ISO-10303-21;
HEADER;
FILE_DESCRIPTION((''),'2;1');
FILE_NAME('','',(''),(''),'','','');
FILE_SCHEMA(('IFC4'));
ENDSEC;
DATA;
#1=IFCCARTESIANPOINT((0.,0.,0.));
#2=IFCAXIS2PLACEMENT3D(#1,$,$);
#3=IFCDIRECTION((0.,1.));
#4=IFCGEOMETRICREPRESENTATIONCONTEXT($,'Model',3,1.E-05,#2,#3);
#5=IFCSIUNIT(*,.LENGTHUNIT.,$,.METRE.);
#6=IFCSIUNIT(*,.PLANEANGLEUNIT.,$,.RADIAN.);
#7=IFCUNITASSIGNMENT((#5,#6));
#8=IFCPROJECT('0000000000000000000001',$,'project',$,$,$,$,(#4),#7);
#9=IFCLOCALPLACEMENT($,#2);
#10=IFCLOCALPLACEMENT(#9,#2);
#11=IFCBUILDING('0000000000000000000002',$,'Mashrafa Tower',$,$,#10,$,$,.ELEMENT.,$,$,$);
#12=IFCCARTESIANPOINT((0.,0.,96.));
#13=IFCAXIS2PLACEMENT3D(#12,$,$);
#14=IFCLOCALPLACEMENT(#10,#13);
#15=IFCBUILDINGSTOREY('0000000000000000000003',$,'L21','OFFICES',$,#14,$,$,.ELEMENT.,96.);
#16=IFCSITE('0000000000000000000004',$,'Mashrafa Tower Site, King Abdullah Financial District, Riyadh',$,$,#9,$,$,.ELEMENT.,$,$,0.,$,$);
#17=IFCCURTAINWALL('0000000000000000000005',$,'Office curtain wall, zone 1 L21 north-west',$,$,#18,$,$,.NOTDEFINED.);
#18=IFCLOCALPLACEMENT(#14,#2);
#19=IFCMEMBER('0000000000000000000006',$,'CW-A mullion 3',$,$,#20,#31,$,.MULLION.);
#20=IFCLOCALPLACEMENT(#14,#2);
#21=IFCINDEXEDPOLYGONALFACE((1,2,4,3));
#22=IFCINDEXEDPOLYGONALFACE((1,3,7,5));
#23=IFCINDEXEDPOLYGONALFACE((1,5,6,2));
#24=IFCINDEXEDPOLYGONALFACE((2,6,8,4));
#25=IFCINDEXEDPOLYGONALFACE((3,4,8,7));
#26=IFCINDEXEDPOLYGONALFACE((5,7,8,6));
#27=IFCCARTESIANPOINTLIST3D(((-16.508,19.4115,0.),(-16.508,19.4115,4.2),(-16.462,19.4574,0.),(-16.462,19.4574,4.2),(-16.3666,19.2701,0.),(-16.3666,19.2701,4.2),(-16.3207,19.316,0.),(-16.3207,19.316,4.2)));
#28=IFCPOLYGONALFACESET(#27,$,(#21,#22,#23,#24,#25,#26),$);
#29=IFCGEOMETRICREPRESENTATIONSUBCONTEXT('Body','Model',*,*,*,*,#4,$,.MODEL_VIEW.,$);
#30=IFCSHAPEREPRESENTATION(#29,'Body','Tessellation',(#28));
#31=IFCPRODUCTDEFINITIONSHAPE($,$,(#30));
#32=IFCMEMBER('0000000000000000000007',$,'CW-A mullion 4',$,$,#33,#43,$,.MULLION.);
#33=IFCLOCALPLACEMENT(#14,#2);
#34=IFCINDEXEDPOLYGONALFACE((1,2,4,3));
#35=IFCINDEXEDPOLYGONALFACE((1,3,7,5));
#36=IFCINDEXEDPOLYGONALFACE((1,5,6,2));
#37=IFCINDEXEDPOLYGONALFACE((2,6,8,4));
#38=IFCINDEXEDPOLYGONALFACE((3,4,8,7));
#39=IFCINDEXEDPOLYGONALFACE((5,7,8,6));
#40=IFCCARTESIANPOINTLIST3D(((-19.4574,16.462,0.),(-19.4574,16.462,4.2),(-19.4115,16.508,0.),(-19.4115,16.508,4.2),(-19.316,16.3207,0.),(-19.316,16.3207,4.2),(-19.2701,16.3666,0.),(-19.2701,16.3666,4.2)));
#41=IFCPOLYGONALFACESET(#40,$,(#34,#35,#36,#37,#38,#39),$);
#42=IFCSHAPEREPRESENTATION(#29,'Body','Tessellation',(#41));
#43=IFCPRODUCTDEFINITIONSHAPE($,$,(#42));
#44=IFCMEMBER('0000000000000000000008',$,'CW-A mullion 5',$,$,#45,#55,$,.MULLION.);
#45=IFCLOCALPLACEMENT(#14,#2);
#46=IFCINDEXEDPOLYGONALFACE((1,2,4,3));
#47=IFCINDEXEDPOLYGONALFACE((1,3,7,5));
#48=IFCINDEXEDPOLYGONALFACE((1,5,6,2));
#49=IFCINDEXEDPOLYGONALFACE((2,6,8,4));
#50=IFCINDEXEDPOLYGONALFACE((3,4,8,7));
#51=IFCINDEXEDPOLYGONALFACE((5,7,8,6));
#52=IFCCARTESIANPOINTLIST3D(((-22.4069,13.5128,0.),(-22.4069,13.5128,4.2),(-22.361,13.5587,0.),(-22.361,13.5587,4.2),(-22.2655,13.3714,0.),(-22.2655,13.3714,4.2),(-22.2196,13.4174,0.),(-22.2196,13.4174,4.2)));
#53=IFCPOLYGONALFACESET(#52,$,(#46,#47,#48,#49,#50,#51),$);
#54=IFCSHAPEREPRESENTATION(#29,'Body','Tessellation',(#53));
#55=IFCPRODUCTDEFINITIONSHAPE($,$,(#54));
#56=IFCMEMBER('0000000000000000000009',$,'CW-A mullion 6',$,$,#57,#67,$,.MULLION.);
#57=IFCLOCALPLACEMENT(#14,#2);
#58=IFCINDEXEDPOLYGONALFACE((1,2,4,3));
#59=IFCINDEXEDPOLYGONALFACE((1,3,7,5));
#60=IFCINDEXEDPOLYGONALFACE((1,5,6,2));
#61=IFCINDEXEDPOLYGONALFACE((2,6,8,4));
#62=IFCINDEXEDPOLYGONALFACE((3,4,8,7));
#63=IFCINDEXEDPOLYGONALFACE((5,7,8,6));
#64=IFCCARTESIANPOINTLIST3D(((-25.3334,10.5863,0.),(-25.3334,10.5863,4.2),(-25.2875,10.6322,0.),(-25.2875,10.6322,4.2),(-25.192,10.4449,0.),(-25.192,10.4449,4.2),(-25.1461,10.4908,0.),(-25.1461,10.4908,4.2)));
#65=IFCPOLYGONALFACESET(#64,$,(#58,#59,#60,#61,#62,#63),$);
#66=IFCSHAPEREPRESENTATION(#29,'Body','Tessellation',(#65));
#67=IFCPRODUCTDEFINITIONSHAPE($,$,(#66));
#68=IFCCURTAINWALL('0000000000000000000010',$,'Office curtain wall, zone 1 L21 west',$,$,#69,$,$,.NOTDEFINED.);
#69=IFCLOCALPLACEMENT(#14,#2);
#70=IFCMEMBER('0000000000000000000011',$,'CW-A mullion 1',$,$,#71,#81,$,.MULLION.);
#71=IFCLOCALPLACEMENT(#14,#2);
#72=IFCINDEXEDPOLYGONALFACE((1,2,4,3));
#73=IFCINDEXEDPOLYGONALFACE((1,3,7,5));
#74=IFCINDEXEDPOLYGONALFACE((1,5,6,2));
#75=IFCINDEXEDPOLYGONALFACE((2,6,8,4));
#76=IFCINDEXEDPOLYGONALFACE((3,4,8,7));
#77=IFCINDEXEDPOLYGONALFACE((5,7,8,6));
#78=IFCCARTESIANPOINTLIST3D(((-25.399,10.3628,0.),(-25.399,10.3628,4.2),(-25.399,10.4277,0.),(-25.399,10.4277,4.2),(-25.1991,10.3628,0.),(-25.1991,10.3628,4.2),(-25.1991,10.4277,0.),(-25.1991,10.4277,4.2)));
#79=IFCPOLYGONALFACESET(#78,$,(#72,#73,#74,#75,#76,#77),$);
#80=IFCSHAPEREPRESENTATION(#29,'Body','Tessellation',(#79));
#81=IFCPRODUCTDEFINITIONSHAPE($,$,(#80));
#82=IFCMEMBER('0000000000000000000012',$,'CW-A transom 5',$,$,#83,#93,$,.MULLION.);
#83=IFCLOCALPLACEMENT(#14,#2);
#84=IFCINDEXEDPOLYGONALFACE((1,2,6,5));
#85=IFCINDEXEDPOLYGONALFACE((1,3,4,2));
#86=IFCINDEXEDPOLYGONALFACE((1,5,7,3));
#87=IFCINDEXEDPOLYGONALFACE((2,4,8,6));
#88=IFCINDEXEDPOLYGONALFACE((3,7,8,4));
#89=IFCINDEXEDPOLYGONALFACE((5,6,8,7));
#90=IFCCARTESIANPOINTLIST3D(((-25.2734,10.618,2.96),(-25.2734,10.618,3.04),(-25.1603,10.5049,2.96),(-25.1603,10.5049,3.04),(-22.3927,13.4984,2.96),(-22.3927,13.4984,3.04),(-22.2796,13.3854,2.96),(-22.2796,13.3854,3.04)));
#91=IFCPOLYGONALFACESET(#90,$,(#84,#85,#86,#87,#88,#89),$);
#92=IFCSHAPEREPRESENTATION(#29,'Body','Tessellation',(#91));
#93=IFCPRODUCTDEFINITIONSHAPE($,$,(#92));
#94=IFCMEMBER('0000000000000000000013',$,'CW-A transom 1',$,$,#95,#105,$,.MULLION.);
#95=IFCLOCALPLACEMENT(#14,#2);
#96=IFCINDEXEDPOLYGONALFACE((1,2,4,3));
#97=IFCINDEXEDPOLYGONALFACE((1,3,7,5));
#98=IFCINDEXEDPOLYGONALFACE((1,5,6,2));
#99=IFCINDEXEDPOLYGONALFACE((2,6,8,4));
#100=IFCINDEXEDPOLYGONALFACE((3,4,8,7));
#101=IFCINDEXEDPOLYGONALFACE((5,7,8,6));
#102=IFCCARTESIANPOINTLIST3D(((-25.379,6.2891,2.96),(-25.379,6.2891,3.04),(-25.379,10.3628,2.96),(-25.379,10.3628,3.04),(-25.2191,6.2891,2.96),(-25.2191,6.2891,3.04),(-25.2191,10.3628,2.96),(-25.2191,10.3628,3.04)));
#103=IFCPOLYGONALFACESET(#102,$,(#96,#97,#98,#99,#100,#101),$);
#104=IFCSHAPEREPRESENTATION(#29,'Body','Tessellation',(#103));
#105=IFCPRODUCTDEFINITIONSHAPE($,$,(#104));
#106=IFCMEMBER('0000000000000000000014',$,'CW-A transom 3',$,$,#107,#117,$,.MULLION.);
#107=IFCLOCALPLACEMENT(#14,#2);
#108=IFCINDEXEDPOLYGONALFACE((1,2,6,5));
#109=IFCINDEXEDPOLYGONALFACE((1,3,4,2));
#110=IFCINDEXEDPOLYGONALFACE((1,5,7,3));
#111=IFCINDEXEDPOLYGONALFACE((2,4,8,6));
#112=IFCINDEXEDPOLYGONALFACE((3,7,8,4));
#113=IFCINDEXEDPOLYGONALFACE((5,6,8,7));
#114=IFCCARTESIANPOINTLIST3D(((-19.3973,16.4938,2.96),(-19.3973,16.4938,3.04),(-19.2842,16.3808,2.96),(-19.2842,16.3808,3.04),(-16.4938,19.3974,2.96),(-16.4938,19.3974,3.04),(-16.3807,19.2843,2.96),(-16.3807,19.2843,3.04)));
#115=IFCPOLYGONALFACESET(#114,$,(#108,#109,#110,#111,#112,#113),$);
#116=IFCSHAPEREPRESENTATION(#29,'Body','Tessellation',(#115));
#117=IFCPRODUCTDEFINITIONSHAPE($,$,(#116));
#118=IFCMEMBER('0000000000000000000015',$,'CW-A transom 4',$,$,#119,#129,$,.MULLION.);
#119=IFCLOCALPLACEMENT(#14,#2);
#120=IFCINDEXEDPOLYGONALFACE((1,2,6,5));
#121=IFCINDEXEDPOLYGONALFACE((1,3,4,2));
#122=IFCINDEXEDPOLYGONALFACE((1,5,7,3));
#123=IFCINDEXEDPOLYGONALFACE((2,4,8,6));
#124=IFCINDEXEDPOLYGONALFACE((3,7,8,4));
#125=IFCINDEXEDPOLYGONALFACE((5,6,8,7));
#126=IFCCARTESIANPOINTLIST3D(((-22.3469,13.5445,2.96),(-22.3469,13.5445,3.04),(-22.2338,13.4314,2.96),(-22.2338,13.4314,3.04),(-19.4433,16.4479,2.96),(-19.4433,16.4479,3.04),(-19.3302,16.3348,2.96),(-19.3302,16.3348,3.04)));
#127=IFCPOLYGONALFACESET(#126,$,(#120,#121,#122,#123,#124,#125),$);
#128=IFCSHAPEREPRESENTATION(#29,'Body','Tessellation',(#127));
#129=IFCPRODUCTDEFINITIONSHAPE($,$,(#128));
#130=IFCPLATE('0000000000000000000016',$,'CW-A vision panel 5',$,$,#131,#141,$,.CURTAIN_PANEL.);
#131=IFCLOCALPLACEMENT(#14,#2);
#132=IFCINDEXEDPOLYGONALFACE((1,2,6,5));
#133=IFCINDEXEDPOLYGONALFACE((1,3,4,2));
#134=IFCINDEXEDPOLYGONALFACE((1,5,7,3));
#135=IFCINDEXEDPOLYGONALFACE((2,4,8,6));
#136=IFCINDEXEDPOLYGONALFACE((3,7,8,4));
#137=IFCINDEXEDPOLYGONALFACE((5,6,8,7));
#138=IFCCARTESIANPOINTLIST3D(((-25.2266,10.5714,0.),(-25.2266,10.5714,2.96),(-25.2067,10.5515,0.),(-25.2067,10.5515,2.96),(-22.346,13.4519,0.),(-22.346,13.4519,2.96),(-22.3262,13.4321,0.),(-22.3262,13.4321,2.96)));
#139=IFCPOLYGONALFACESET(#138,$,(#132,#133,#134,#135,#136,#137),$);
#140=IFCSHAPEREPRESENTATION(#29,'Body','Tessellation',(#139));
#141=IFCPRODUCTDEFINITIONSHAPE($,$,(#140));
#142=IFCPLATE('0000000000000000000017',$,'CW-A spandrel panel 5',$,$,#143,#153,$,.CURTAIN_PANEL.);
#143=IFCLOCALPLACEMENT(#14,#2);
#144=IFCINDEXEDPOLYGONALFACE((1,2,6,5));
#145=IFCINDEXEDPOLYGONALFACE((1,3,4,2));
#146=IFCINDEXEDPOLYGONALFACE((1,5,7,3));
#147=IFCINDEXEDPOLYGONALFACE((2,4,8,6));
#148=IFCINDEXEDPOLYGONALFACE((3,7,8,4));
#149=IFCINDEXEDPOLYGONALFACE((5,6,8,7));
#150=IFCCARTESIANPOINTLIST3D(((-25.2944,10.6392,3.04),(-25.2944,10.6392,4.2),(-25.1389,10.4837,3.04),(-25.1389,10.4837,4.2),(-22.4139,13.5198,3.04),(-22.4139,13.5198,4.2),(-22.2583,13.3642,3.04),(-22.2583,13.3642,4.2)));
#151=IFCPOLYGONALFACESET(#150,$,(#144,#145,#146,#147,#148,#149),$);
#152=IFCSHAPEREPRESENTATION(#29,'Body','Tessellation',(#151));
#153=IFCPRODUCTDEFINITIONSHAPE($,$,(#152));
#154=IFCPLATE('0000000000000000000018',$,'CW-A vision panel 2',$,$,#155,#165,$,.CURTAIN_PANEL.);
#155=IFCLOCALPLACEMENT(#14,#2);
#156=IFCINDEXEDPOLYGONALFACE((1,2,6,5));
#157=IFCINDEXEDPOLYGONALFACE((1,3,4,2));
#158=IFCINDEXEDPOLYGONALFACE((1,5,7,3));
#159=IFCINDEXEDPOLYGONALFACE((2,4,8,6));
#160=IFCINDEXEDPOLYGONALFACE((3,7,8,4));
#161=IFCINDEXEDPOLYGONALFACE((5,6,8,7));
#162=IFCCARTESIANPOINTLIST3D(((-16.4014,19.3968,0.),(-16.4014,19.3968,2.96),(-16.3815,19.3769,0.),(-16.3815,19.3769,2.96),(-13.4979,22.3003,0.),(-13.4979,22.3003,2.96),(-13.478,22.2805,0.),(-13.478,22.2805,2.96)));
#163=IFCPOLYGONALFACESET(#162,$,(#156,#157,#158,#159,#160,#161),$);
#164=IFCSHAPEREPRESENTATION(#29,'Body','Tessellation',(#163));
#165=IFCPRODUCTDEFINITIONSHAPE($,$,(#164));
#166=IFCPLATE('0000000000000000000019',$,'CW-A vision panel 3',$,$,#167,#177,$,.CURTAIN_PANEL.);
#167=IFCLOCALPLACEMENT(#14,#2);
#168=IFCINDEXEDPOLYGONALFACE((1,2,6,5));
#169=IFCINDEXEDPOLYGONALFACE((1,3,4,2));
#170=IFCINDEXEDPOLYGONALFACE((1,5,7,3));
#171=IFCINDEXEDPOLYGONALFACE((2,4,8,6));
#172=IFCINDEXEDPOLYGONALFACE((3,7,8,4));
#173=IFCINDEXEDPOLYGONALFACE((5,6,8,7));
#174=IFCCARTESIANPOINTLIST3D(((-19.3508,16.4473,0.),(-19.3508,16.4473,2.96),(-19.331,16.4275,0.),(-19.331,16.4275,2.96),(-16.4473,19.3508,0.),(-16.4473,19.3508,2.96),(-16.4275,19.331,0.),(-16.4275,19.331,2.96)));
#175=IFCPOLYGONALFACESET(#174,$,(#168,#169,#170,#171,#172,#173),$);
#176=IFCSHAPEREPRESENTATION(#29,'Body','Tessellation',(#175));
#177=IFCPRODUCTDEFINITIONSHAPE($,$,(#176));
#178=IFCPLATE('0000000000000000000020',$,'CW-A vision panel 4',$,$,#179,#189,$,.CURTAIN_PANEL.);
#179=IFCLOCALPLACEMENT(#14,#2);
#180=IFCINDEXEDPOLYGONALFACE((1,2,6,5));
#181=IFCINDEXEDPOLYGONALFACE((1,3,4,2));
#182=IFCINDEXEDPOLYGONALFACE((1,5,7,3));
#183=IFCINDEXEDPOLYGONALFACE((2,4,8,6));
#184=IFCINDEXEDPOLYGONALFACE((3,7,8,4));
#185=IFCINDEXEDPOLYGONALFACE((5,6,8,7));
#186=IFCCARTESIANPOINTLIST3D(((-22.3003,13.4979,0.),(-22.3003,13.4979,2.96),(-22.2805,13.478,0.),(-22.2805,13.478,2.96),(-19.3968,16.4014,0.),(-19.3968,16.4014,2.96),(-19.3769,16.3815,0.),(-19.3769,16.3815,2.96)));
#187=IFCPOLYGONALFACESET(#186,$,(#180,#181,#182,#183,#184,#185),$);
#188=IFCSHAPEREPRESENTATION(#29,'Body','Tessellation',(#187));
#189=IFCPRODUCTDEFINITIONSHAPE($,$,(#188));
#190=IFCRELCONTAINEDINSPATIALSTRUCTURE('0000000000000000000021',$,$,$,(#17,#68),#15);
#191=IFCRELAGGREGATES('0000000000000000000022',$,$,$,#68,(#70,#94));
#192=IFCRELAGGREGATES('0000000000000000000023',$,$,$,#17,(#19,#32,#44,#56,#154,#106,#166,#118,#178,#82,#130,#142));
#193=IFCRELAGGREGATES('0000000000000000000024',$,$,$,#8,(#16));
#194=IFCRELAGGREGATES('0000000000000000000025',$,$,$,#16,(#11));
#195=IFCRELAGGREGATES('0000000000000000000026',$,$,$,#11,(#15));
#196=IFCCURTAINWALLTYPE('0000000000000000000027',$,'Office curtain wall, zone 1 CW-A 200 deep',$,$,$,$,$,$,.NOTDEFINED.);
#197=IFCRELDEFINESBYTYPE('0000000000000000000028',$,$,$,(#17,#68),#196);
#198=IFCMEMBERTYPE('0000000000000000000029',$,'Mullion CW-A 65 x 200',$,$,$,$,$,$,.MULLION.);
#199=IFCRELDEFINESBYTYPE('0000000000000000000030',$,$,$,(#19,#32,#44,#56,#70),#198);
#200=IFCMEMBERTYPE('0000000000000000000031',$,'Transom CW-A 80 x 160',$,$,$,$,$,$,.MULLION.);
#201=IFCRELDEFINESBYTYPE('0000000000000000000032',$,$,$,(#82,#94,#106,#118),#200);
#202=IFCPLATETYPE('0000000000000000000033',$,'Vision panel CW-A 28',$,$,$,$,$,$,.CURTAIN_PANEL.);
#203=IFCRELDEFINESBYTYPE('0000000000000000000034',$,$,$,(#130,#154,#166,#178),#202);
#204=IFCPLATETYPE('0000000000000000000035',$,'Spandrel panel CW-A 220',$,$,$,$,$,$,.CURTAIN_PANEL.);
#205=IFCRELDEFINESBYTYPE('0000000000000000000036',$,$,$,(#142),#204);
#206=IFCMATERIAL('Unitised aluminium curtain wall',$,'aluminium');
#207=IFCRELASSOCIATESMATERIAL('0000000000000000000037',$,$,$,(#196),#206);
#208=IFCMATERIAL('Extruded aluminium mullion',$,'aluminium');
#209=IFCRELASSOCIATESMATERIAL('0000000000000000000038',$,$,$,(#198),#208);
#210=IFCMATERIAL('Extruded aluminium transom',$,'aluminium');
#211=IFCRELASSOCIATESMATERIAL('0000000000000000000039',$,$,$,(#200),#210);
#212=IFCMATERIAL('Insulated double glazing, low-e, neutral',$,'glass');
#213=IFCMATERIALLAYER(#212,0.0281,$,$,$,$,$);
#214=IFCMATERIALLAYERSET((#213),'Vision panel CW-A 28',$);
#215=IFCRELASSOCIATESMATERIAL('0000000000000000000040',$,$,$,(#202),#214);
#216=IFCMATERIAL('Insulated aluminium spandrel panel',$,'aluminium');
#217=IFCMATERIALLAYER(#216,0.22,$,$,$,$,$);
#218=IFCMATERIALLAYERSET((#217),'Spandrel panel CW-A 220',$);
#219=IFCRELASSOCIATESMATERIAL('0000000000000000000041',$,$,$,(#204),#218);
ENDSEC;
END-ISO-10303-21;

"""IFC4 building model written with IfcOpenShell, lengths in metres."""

from ifc_helpers import new_model, si_unit, direction, frame, origin, origin_2d, place, context, subcontext, project, spatial, rectangle, extrude, source, transform, mapped, material, layer, layer_set, material_profile, profile_set, type_object, type_shapes, element, aggregate, save


model = new_model("IFC4")

# Units and contexts
model_context = context("Model", 3, precision=1e-05, world=origin(), true_north=direction((0.0, 1.0)))
body_context = subcontext(model_context, "Body", "Model", "MODEL_VIEW")
ifc_project = project(units=[si_unit("LENGTHUNIT", "METRE"), si_unit("PLANEANGLEUNIT", "RADIAN")], contexts=[model_context])

# Site, building, storey
site_placement = place(None, origin())
site = spatial("IfcSite", under=ifc_project, at=site_placement, Name="Mashrafa Tower Site, King Abdullah Financial District, Riyadh", CompositionType="ELEMENT", RefElevation=0.0)
building_placement = place(site_placement, origin())
building = spatial("IfcBuilding", under=site, at=building_placement, Name="Mashrafa Tower", CompositionType="ELEMENT")
storey_placement = place(building_placement, frame((0.0, 0.0, 96.0)))
storey = spatial("IfcBuildingStorey", under=building, at=storey_placement, Name="L21", Description="OFFICES", CompositionType="ELEMENT", Elevation=96.0)

# Curtain wall, members
ifc_material_1 = material(Name="Unitised aluminium curtain wall", Category="aluminium")
curtain_wall_type = type_object("IfcCurtainWallType", Name="Office curtain wall, zone 1 CW-A 200 deep", PredefinedType="NOTDEFINED", material=ifc_material_1)
curtain_wall_1_placement = place(storey_placement, origin())
curtain_wall_1 = element("IfcCurtainWall", 1, at=curtain_wall_1_placement, inside=storey, type_object=curtain_wall_type, Name="Office curtain wall, zone 1 L21 north-west", PredefinedType="NOTDEFINED")
ifc_material_2 = material(Name="Extruded aluminium mullion", Category="aluminium")
ifc_material_profile_1 = material_profile(ifc_material_2, rectangle(XDim=0.2, YDim=0.0649, at=origin_2d()), Name="Mullion 65x200")
ifc_profile_set_1 = profile_set([ifc_material_profile_1], Name="Extruded aluminium mullion")
member_type_1 = type_object("IfcMemberType", Name="Mullion CW-A 65 x 200", PredefinedType="MULLION", material=ifc_profile_set_1)
shared_shape_1 = source(origin(), body_context, "Body", "SweptSolid", [
    extrude(rectangle(XDim=0.2, YDim=0.0649, at=origin_2d()), origin(), (0.0, 0.0, 1.0), 4.2),
])
type_shapes(member_type_1, [shared_shape_1])
member_1_placement = place(storey_placement, frame((-16.4143, 19.3638, 0.0), z_axis=(0.0, 0.0, 1.0), x_axis=(0.707107, -0.707107, 0.0)))
member_1 = element("IfcMember", 2, at=member_1_placement, type_object=member_type_1, Name="CW-A mullion 3", PredefinedType="MULLION", context=body_context, shape_type="MappedRepresentation", body=[
    mapped(shared_shape_1, transform((0.0, 0.0, 0.0))),
])
member_2_placement = place(storey_placement, frame((-19.3638, 16.4143, 0.0), z_axis=(0.0, 0.0, 1.0), x_axis=(0.707107, -0.707107, 0.0)))
member_2 = element("IfcMember", 3, at=member_2_placement, type_object=member_type_1, Name="CW-A mullion 4", PredefinedType="MULLION", context=body_context, shape_type="MappedRepresentation", body=[
    mapped(shared_shape_1, transform((0.0, 0.0, 0.0))),
])
member_3_placement = place(storey_placement, frame((-22.3132, 13.4651, 0.0), z_axis=(0.0, 0.0, 1.0), x_axis=(0.707107, -0.707107, 0.0)))
member_3 = element("IfcMember", 4, at=member_3_placement, type_object=member_type_1, Name="CW-A mullion 5", PredefinedType="MULLION", context=body_context, shape_type="MappedRepresentation", body=[
    mapped(shared_shape_1, transform((0.0, 0.0, 0.0))),
])
member_4_placement = place(storey_placement, frame((-25.2397, 10.5386, 0.0), z_axis=(0.0, 0.0, 1.0), x_axis=(0.707107, -0.707107, 0.0)))
member_4 = element("IfcMember", 5, at=member_4_placement, type_object=member_type_1, Name="CW-A mullion 6", PredefinedType="MULLION", context=body_context, shape_type="MappedRepresentation", body=[
    mapped(shared_shape_1, transform((0.0, 0.0, 0.0))),
])

# Curtain wall, member
curtain_wall_2_placement = place(storey_placement, origin())
curtain_wall_2 = element("IfcCurtainWall", 6, at=curtain_wall_2_placement, inside=storey, type_object=curtain_wall_type, Name="Office curtain wall, zone 1 L21 west", PredefinedType="NOTDEFINED")
member_5_placement = place(storey_placement, frame((-25.2991, 10.3953, 0.0), z_axis=(0.0, 0.0, 1.0), x_axis=(1.0, 0.0, 0.0)))
member_5 = element("IfcMember", 7, at=member_5_placement, type_object=member_type_1, Name="CW-A mullion 1", PredefinedType="MULLION", context=body_context, shape_type="MappedRepresentation", body=[
    mapped(shared_shape_1, transform((0.0, 0.0, 0.0))),
])

# Members
ifc_material_3 = material(Name="Extruded aluminium transom", Category="aluminium")
ifc_material_profile_2 = material_profile(ifc_material_3, rectangle(XDim=0.1599, YDim=0.0801, at=origin_2d()), Name="Transom 80x160")
ifc_profile_set_2 = profile_set([ifc_material_profile_2], Name="Extruded aluminium transom")
member_type_2 = type_object("IfcMemberType", Name="Transom CW-A 80 x 160", PredefinedType="MULLION", material=ifc_profile_set_2)
shared_shape_2 = source(origin(), body_context, "Body", "SweptSolid", [
    extrude(rectangle(XDim=0.1599, YDim=0.0801, at=origin_2d()), origin(), (0.0, 0.0, 1.0), 4.0737),
])
member_6_placement = place(storey_placement, frame((-22.3362, 13.4419, 3.0), z_axis=(-0.707137, -0.707077, 0.0), x_axis=(0.707077, -0.707137, 0.0)))
member_6 = element("IfcMember", 8, at=member_6_placement, type_object=member_type_2, Name="CW-A transom 5", PredefinedType="MULLION", context=body_context, shape_type="MappedRepresentation", body=[
    mapped(shared_shape_2, transform((0.0, 0.0, 0.0))),
])
member_7_placement = place(storey_placement, frame((-25.2991, 10.3628, 3.0), z_axis=(0.0, -1.0, 0.0), x_axis=(1.0, 0.0, 0.0)))
member_7 = element("IfcMember", 9, at=member_7_placement, type_object=member_type_2, Name="CW-A transom 1", PredefinedType="MULLION", context=body_context, shape_type="MappedRepresentation", body=[
    mapped(shared_shape_2, transform((0.0, 0.0, 0.0))),
])
aggregate(curtain_wall_2, [member_5, member_7])
shared_shape_3 = source(origin(), body_context, "Body", "SweptSolid", [
    extrude(rectangle(XDim=0.1599, YDim=0.0801, at=origin_2d()), origin(), (0.0, 0.0, 1.0), 4.1062),
])
type_shapes(member_type_2, [shared_shape_2, shared_shape_3])
member_8_placement = place(storey_placement, frame((-16.4373, 19.3408, 3.0), z_axis=(-0.707107, -0.707107, 0.0), x_axis=(0.707107, -0.707107, 0.0)))
member_8 = element("IfcMember", 10, at=member_8_placement, type_object=member_type_2, Name="CW-A transom 3", PredefinedType="MULLION", context=body_context, shape_type="MappedRepresentation", body=[
    mapped(shared_shape_3, transform((0.0, 0.0, 0.0))),
])
member_9_placement = place(storey_placement, frame((-19.3867, 16.3914, 3.0), z_axis=(-0.707137, -0.707077, 0.0), x_axis=(0.707077, -0.707137, 0.0)))
member_9 = element("IfcMember", 11, at=member_9_placement, type_object=member_type_2, Name="CW-A transom 4", PredefinedType="MULLION", context=body_context, shape_type="MappedRepresentation", body=[
    mapped(shared_shape_3, transform((0.0, 0.0, 0.0))),
])

# Plates
ifc_material_4 = material(Name="Insulated double glazing, low-e, neutral", Category="glass")
ifc_layer_1 = layer(ifc_material_4, 0.0281)
ifc_layer_set_1 = layer_set([ifc_layer_1], Name="Vision panel CW-A 28")
plate_type_1 = type_object("IfcPlateType", Name="Vision panel CW-A 28", PredefinedType="CURTAIN_PANEL", material=ifc_layer_set_1)
shared_shape_4 = source(origin(), body_context, "Body", "SweptSolid", [
    extrude(rectangle(XDim=4.0737, YDim=0.0281, at=origin_2d()), origin(), (0.0, 0.0, 1.0), 2.96),
])
plate_1_placement = place(storey_placement, frame((-23.7764, 12.0017, 0.0), z_axis=(0.0, 0.0, 1.0), x_axis=(-0.707107, -0.707107, 0.0)))
plate_1 = element("IfcPlate", 12, at=plate_1_placement, type_object=plate_type_1, Name="CW-A vision panel 5", PredefinedType="CURTAIN_PANEL", context=body_context, shape_type="MappedRepresentation", body=[
    mapped(shared_shape_4, transform((0.0, 0.0, 0.0))),
])
ifc_material_5 = material(Name="Insulated aluminium spandrel panel", Category="aluminium")
ifc_layer_2 = layer(ifc_material_5, 0.22)
ifc_layer_set_2 = layer_set([ifc_layer_2], Name="Spandrel panel CW-A 220")
plate_type_2 = type_object("IfcPlateType", Name="Spandrel panel CW-A 220", PredefinedType="CURTAIN_PANEL", material=ifc_layer_set_2)
shared_shape_5 = source(origin(), body_context, "Body", "SweptSolid", [
    extrude(rectangle(XDim=4.0737, YDim=0.22, at=origin_2d()), origin(), (0.0, 0.0, 1.0), 1.1599),
])
plate_2_placement = place(storey_placement, frame((-23.7764, 12.0017, 3.04), z_axis=(0.0, 0.0, 1.0), x_axis=(-0.707107, -0.707107, 0.0)))
plate_2 = element("IfcPlate", 13, at=plate_2_placement, type_object=plate_type_2, Name="CW-A spandrel panel 5", PredefinedType="CURTAIN_PANEL", context=body_context, shape_type="MappedRepresentation", body=[
    mapped(shared_shape_5, transform((0.0, 0.0, 0.0))),
])
shared_shape_6 = source(origin(), body_context, "Body", "SweptSolid", [
    extrude(rectangle(XDim=4.1062, YDim=0.0281, at=origin_2d()), origin(), (0.0, 0.0, 1.0), 2.96),
])
type_shapes(plate_type_1, [shared_shape_4, shared_shape_6])
plate_3_placement = place(storey_placement, frame((-14.9397, 20.8386, 0.0), z_axis=(0.0, 0.0, 1.0), x_axis=(-0.707107, -0.707107, 0.0)))
plate_3 = element("IfcPlate", 14, at=plate_3_placement, type_object=plate_type_1, Name="CW-A vision panel 2", PredefinedType="CURTAIN_PANEL", context=body_context, shape_type="MappedRepresentation", body=[
    mapped(shared_shape_6, transform((0.0, 0.0, 0.0))),
])
plate_4_placement = place(storey_placement, frame((-17.8892, 17.8892, 0.0), z_axis=(0.0, 0.0, 1.0), x_axis=(-0.707107, -0.707107, 0.0)))
plate_4 = element("IfcPlate", 15, at=plate_4_placement, type_object=plate_type_1, Name="CW-A vision panel 3", PredefinedType="CURTAIN_PANEL", context=body_context, shape_type="MappedRepresentation", body=[
    mapped(shared_shape_6, transform((0.0, 0.0, 0.0))),
])
plate_5_placement = place(storey_placement, frame((-20.8386, 14.9397, 0.0), z_axis=(0.0, 0.0, 1.0), x_axis=(-0.707107, -0.707107, 0.0)))
plate_5 = element("IfcPlate", 16, at=plate_5_placement, type_object=plate_type_1, Name="CW-A vision panel 4", PredefinedType="CURTAIN_PANEL", context=body_context, shape_type="MappedRepresentation", body=[
    mapped(shared_shape_6, transform((0.0, 0.0, 0.0))),
])
aggregate(curtain_wall_1, [member_1, member_2, member_3, member_4, plate_3, member_8, plate_4, member_9, plate_5, member_6, plate_1, plate_2])

save(model, "model.ifc")
